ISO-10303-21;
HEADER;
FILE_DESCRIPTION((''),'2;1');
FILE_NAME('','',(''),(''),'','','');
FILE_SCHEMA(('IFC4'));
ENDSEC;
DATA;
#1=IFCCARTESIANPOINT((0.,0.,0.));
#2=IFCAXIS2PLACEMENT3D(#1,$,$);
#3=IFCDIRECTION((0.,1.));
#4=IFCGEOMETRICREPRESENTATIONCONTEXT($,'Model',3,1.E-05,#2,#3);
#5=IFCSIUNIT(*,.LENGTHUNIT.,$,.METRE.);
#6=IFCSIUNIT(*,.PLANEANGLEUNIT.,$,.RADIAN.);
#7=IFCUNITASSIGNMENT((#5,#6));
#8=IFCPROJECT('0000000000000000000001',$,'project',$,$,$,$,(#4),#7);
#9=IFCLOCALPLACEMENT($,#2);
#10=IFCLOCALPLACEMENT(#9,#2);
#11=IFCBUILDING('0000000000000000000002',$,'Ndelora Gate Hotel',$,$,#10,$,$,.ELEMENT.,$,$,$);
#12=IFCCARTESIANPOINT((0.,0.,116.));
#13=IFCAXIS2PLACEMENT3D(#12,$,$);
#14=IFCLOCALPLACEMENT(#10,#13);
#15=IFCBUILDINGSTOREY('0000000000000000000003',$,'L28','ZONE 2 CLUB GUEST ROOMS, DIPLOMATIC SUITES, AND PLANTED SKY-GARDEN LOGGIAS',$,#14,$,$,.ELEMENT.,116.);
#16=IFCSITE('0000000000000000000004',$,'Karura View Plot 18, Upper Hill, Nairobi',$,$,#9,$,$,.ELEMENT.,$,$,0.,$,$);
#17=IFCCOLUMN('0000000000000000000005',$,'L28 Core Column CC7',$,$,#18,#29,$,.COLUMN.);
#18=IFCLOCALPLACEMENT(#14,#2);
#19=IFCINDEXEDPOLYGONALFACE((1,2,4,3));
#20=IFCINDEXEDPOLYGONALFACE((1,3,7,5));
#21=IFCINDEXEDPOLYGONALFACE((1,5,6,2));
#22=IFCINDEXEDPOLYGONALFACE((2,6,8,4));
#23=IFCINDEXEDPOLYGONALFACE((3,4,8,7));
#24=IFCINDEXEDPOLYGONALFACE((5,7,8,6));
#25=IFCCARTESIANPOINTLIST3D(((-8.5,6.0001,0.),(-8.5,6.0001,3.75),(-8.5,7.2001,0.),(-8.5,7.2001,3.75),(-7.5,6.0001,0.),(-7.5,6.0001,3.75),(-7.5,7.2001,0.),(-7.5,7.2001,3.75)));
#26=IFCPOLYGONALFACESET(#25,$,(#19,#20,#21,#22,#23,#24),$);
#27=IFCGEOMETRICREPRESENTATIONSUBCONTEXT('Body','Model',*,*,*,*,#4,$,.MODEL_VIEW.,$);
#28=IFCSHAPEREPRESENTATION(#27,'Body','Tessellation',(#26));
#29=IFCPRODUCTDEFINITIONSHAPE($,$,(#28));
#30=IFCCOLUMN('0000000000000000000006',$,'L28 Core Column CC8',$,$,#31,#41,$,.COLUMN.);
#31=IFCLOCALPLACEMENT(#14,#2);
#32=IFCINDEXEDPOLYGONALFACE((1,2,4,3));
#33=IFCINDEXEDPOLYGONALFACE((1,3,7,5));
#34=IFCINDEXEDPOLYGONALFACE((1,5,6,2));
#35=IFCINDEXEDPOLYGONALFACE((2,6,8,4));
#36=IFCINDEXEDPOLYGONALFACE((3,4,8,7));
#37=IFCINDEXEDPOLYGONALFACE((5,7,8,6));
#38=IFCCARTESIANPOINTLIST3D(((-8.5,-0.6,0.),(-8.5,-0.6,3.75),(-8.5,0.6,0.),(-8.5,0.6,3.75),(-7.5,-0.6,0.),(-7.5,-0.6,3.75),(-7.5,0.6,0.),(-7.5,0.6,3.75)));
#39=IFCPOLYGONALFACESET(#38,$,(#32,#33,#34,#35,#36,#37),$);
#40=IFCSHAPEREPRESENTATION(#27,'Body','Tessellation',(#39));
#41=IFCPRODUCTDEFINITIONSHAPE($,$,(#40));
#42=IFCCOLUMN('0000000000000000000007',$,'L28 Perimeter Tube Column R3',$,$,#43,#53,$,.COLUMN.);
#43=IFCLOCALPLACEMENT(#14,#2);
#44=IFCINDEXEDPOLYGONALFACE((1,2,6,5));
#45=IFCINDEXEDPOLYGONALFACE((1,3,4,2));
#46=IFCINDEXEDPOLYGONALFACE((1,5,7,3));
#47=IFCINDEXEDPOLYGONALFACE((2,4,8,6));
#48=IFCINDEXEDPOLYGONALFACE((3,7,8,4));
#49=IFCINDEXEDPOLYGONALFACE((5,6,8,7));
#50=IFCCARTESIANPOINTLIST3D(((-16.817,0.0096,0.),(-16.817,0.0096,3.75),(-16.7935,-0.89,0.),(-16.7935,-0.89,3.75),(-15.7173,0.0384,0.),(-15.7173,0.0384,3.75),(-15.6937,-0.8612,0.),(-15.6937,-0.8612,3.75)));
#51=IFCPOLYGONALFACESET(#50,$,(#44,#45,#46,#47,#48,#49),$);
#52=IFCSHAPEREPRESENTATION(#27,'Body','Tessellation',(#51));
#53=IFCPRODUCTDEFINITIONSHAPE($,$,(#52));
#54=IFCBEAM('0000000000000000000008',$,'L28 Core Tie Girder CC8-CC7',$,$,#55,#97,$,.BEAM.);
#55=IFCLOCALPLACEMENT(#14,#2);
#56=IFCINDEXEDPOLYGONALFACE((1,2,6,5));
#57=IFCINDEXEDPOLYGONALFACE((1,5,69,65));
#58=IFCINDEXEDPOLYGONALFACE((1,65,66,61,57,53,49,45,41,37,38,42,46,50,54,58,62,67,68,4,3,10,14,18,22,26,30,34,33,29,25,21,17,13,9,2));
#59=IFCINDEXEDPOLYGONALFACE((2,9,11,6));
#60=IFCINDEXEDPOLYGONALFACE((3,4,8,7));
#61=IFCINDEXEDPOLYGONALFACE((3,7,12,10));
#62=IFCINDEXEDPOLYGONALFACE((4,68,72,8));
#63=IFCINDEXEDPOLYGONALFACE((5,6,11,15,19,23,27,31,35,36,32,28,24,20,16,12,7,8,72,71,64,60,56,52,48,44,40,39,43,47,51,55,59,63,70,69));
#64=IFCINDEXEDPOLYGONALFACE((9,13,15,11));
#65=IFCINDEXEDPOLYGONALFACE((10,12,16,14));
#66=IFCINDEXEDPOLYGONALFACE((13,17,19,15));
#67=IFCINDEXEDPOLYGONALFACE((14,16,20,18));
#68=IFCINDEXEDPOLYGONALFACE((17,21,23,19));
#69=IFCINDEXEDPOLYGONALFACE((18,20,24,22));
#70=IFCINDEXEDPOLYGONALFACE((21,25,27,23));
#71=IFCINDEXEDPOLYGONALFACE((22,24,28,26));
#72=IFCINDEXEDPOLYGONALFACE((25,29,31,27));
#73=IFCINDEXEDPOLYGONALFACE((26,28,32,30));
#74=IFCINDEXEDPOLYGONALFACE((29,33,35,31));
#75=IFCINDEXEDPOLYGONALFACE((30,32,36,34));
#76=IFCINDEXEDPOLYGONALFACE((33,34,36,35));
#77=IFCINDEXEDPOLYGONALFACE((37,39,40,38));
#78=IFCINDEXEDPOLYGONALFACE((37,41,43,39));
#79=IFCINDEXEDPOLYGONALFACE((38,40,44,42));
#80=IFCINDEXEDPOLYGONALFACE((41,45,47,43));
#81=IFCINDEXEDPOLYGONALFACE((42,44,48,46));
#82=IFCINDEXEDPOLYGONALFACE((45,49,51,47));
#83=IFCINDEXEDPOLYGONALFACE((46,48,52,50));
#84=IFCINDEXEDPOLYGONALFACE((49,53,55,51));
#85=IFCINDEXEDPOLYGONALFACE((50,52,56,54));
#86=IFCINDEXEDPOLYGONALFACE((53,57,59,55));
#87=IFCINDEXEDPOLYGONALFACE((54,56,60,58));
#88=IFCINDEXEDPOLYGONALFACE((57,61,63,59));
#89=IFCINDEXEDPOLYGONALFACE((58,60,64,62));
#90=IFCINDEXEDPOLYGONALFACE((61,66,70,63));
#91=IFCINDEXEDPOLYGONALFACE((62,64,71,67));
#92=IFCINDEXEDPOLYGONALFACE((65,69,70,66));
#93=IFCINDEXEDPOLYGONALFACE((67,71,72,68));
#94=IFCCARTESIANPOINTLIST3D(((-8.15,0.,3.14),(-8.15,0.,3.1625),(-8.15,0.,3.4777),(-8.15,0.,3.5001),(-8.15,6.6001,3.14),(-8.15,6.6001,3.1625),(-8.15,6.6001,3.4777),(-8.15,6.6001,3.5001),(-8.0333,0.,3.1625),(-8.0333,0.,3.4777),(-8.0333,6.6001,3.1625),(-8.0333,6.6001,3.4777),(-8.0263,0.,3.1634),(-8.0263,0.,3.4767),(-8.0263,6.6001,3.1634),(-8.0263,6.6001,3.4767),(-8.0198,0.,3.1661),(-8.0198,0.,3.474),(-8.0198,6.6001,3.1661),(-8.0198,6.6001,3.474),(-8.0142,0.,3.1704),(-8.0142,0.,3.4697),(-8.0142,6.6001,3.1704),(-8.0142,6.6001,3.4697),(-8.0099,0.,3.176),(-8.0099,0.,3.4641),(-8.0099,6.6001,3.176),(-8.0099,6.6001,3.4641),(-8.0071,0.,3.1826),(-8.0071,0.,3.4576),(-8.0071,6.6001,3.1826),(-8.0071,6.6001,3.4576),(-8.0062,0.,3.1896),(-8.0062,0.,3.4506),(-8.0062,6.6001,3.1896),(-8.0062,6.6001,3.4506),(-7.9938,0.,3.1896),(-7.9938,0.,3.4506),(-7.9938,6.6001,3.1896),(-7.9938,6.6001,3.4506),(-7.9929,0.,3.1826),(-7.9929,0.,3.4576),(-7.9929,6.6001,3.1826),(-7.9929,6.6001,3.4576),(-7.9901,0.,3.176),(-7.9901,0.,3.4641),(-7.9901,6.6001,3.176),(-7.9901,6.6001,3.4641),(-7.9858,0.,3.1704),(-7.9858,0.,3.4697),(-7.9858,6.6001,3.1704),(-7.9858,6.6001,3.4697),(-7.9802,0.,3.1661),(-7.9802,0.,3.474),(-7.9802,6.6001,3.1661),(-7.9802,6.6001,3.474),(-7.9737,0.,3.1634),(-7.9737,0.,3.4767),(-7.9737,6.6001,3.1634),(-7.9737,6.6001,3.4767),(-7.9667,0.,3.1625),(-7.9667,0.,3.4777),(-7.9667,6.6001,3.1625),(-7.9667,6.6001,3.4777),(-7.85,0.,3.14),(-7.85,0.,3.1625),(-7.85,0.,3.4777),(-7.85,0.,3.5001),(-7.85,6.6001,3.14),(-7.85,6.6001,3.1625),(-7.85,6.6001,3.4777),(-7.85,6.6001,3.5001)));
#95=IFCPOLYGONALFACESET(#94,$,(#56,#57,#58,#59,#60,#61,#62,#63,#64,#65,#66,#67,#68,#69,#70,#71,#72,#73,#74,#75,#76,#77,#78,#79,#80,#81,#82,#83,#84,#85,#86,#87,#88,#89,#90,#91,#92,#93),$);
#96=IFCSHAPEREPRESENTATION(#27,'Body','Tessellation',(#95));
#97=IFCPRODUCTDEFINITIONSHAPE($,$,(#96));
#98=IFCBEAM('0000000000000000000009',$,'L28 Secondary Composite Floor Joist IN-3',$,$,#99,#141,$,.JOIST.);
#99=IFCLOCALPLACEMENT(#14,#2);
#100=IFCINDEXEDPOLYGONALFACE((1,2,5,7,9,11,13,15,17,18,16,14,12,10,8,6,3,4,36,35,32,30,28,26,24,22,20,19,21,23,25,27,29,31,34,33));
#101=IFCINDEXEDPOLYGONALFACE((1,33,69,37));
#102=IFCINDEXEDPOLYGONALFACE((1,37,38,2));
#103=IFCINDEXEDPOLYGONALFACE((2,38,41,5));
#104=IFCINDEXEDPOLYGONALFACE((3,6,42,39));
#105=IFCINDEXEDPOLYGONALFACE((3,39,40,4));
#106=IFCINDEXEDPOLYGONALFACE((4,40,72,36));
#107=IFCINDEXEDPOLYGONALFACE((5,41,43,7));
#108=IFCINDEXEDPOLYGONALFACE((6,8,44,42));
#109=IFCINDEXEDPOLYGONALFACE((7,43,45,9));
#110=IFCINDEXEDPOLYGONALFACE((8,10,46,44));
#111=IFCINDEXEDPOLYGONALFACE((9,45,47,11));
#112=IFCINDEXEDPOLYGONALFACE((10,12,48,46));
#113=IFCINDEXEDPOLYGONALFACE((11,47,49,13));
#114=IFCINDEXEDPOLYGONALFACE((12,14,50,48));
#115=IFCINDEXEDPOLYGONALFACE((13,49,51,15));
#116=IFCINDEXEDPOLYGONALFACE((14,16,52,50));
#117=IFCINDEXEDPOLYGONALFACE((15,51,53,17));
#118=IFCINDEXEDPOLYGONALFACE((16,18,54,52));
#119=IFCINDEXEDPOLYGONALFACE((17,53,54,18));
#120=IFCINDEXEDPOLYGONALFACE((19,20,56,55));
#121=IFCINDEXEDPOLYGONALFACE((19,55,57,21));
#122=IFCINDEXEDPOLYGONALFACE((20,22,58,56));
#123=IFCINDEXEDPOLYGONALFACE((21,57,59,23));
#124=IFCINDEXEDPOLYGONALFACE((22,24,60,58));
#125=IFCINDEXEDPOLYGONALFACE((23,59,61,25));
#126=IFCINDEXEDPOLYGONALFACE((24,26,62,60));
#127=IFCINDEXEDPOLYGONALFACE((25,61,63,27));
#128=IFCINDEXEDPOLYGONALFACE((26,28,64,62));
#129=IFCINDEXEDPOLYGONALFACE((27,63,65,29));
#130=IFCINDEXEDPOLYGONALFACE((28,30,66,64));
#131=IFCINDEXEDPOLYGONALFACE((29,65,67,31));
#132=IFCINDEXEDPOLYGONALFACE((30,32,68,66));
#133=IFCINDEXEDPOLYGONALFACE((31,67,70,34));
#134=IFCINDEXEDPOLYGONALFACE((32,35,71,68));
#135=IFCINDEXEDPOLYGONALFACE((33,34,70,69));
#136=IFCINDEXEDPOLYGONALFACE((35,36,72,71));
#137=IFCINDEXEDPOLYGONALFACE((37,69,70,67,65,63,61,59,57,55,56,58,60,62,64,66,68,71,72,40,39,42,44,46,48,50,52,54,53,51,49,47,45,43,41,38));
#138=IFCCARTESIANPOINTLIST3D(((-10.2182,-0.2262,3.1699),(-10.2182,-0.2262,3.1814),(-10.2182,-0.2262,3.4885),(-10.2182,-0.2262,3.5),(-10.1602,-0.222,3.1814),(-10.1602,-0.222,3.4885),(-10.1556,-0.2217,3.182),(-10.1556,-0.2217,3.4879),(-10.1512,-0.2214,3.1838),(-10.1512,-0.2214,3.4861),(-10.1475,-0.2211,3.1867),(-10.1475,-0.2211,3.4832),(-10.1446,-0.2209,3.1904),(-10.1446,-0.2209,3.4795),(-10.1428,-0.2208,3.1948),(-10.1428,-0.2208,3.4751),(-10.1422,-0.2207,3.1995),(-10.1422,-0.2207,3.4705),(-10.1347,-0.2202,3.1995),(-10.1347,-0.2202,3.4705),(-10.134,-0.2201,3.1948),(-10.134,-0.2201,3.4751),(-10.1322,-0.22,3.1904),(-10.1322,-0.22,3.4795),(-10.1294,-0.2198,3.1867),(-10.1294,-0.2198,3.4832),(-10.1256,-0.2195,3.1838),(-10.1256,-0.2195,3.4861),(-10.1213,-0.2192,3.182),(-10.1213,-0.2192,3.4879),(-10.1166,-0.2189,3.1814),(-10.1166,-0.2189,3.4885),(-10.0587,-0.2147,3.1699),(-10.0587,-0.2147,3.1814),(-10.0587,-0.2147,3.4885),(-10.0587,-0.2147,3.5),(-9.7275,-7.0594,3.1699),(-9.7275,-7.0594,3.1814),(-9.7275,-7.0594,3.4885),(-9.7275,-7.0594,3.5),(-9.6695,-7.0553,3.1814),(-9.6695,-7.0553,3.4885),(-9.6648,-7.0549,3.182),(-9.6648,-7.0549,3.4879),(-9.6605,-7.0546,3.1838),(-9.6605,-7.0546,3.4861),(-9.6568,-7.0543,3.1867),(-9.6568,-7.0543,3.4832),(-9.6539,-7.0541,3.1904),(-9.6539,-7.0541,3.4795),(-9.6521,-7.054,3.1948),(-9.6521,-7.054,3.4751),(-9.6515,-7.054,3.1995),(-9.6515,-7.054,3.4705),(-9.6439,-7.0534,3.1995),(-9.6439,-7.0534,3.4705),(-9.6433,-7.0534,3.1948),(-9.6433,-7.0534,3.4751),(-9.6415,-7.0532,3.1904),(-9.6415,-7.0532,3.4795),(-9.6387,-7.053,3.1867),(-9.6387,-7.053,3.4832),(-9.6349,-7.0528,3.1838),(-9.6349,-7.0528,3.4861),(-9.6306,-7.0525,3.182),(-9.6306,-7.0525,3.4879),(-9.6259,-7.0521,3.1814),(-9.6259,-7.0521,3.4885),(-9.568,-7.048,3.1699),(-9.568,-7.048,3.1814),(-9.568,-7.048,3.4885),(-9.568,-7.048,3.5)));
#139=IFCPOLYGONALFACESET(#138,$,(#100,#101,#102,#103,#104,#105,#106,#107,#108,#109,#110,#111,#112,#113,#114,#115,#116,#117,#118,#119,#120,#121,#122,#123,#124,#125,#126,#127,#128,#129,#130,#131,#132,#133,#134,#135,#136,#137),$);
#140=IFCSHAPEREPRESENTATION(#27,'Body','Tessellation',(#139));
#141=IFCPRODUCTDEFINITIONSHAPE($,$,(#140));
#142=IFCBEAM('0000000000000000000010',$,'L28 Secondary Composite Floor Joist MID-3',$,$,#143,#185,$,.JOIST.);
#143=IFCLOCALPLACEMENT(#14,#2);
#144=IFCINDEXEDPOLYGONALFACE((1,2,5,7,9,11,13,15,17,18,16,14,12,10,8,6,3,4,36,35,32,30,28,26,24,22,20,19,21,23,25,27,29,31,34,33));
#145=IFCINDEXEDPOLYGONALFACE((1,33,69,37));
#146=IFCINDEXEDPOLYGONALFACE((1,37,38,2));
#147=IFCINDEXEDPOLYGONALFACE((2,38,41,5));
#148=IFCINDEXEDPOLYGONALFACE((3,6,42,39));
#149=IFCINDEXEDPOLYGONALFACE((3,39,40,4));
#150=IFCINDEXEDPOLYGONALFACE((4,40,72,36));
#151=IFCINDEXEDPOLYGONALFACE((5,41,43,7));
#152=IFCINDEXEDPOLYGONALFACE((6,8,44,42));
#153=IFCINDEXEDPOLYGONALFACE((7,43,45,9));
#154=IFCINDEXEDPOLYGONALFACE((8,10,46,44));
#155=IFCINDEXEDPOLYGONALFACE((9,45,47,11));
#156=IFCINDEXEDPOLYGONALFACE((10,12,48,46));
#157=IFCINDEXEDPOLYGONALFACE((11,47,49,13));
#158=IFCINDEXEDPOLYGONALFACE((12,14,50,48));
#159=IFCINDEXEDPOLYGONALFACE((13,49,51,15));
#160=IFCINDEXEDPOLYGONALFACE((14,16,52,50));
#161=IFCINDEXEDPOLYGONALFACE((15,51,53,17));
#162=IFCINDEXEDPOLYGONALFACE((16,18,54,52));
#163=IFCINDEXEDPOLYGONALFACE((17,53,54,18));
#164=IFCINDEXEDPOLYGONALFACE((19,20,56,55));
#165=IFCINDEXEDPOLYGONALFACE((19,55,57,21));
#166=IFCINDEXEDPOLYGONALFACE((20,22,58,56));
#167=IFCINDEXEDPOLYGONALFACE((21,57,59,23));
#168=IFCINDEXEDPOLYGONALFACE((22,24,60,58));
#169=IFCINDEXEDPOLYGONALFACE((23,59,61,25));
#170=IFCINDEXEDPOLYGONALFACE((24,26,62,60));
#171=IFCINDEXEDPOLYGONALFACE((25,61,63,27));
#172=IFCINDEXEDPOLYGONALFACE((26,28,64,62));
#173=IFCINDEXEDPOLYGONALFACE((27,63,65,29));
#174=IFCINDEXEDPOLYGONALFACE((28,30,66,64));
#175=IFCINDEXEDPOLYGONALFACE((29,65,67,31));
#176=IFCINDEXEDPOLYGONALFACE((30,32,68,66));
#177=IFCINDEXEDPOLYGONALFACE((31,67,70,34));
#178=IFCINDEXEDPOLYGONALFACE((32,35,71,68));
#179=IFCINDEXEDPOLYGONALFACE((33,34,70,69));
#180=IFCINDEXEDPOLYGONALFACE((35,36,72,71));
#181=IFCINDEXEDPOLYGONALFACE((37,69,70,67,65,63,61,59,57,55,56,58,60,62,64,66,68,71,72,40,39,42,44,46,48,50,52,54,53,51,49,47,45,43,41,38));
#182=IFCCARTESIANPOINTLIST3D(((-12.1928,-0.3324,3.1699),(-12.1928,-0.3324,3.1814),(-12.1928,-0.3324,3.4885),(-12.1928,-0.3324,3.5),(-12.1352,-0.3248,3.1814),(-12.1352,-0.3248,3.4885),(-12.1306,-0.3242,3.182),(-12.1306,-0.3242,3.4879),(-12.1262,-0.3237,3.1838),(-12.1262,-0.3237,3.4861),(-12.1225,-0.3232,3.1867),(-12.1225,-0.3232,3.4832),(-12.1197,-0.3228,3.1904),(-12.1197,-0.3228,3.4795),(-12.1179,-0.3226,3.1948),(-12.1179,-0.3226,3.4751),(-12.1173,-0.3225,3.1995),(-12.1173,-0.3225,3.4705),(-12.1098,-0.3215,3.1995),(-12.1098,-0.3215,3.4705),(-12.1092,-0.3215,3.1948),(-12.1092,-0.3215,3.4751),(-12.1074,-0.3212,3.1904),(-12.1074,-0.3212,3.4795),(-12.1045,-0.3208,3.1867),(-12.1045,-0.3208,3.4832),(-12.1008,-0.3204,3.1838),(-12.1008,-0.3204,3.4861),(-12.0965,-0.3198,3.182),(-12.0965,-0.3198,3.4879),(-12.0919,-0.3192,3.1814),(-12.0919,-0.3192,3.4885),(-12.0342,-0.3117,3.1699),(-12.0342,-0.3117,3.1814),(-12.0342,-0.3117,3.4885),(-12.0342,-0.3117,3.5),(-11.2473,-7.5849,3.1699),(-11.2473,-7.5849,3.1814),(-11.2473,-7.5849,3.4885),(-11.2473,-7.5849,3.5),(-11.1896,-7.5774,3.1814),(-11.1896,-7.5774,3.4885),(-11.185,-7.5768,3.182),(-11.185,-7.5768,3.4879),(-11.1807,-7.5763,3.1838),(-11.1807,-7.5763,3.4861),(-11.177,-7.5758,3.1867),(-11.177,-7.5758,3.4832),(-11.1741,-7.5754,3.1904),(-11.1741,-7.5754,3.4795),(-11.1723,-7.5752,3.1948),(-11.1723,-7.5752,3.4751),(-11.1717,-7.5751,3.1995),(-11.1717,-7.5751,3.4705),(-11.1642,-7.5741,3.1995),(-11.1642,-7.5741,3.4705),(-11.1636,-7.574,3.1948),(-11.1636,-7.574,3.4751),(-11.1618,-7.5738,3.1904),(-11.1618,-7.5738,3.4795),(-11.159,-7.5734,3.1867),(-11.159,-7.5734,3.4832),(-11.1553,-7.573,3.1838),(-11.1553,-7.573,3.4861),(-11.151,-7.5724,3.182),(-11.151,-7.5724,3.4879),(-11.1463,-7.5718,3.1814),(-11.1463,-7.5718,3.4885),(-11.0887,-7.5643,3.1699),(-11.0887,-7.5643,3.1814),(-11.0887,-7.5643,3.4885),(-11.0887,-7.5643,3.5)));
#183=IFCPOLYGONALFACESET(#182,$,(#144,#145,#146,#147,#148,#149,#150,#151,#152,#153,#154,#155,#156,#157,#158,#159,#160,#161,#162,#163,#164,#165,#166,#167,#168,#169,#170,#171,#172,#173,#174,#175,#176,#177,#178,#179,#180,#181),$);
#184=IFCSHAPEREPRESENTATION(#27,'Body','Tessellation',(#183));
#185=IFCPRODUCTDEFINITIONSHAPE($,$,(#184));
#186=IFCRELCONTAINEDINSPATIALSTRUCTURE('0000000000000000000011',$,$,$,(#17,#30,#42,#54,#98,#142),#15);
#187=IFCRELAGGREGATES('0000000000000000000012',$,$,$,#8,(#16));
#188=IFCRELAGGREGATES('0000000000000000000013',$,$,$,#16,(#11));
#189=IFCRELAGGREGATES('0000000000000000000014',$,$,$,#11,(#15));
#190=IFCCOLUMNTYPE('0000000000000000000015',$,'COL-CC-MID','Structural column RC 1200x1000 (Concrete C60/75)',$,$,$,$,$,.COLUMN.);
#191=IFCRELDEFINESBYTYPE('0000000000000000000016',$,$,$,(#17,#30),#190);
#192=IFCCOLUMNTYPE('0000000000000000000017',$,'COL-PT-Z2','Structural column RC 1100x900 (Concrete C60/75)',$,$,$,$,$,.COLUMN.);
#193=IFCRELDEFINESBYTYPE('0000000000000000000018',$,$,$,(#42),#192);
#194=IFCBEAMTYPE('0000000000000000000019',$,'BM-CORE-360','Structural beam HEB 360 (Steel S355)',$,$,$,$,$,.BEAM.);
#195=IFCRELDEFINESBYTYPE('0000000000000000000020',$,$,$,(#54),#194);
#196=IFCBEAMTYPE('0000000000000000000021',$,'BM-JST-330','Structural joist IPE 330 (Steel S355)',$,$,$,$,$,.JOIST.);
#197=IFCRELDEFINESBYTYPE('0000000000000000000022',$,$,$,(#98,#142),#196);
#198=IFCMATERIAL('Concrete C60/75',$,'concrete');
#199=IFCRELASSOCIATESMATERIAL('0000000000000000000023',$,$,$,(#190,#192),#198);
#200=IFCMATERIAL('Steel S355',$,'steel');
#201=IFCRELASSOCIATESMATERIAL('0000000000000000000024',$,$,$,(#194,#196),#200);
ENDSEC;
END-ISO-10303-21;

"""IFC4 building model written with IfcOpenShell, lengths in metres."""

from ifc_helpers import new_model, si_unit, direction, frame, origin, origin_2d, place, context, subcontext, project, spatial, rectangle, i_section, extrude, material, material_profile, profile_set, type_object, element, save


model = new_model("IFC4")

# Units and contexts
model_context = context("Model", 3, precision=1e-05, world=origin(), true_north=direction((0.0, 1.0)))
body_context = subcontext(model_context, "Body", "Model", "MODEL_VIEW")
ifc_project = project(units=[si_unit("LENGTHUNIT", "METRE"), si_unit("PLANEANGLEUNIT", "RADIAN")], contexts=[model_context])

# Site, building, storey
site_placement = place(None, origin())
site = spatial("IfcSite", under=ifc_project, at=site_placement, Name="Karura View Plot 18, Upper Hill, Nairobi", CompositionType="ELEMENT", RefElevation=0.0)
building_placement = place(site_placement, origin())
building = spatial("IfcBuilding", under=site, at=building_placement, Name="Ndelora Gate Hotel", CompositionType="ELEMENT")
storey_placement = place(building_placement, frame((0.0, 0.0, 116.0)))
storey = spatial("IfcBuildingStorey", under=building, at=storey_placement, Name="L28", Description="ZONE 2 CLUB GUEST ROOMS, DIPLOMATIC SUITES, AND PLANTED SKY-GARDEN LOGGIAS", CompositionType="ELEMENT", Elevation=116.0)

# Columns
ifc_material_1 = material(Name="Concrete C60/75", Category="concrete")
ifc_material_profile_1 = material_profile(ifc_material_1, rectangle(XDim=1.0, YDim=1.2, at=origin_2d()), Name="RC 1200x1000")
ifc_profile_set_1 = profile_set([ifc_material_profile_1], Name="Concrete C60/75")
column_type_1 = type_object("IfcColumnType", Name="COL-CC-MID", Description="Structural column RC 1200x1000 (Concrete C60/75)", PredefinedType="COLUMN", material=ifc_profile_set_1)
for number, where, z_axis, x_axis, name in (
    (1, (-8.0, 6.6001, 0.0), (0.0, 0.0, 1.0), (1.0, 0.0, 0.0), "L28 Core Column CC7"),
    (2, (-8.0, 0.0, 0.0), (0.0, 0.0, 1.0), (1.0, 0.0, 0.0), "L28 Core Column CC8"),
):
    element("IfcColumn", number, at=place(storey_placement, frame(where, z_axis=z_axis, x_axis=x_axis)), inside=storey, type_object=column_type_1, Name=name, PredefinedType="COLUMN", context=body_context, shape_type="SweptSolid", body=[
        extrude(rectangle(XDim=1.0, YDim=1.2, at=origin_2d()), origin(), (0.0, 0.0, 1.0), 3.75),
    ])
ifc_material_profile_2 = material_profile(ifc_material_1, rectangle(XDim=0.8999, YDim=1.1001, at=origin_2d()), Name="RC 1100x900")
ifc_profile_set_2 = profile_set([ifc_material_profile_2], Name="Concrete C60/75")
column_type_2 = type_object("IfcColumnType", Name="COL-PT-Z2", Description="Structural column RC 1100x900 (Concrete C60/75)", PredefinedType="COLUMN", material=ifc_profile_set_2)
column_placement = place(storey_placement, frame((-16.2554, -0.4258, 0.0), z_axis=(0.0, 0.0, 1.0), x_axis=(-0.026177, 0.999657, 0.0)))
element("IfcColumn", 3, at=column_placement, inside=storey, type_object=column_type_2, Name="L28 Perimeter Tube Column R3", PredefinedType="COLUMN", context=body_context, shape_type="SweptSolid", body=[
    extrude(rectangle(XDim=0.8999, YDim=1.1001, at=origin_2d()), origin(), (0.0, 0.0, 1.0), 3.75),
])

# Beams
ifc_material_2 = material(Name="Steel S355", Category="steel")
ifc_material_profile_3 = material_profile(ifc_material_2, i_section(OverallWidth=0.3, OverallDepth=0.3601, WebThickness=0.0125, FlangeThickness=0.0225, FilletRadius=0.0271, at=origin_2d()), Name="HEB 360")
ifc_profile_set_3 = profile_set([ifc_material_profile_3], Name="Steel S355")
beam_type_1 = type_object("IfcBeamType", Name="BM-CORE-360", Description="Structural beam HEB 360 (Steel S355)", PredefinedType="BEAM", material=ifc_profile_set_3)
beam_1_placement = place(storey_placement, frame((-8.0, 0.0, 3.3201), z_axis=(0.0, 1.0, 0.0), x_axis=(-1.0, 0.0, 0.0)))
element("IfcBeam", 4, at=beam_1_placement, inside=storey, type_object=beam_type_1, Name="L28 Core Tie Girder CC8-CC7", PredefinedType="BEAM", context=body_context, shape_type="SweptSolid", body=[
    extrude(i_section(OverallWidth=0.3, OverallDepth=0.3601, WebThickness=0.0125, FlangeThickness=0.0225, FilletRadius=0.0271, at=origin_2d()), origin(), (0.0, 0.0, 1.0), 6.6001),
])
ifc_material_profile_4 = material_profile(ifc_material_2, i_section(OverallWidth=0.1599, OverallDepth=0.3301, WebThickness=0.0076, FlangeThickness=0.0115, FilletRadius=0.0181, at=origin_2d()), Name="IPE 330")
ifc_profile_set_4 = profile_set([ifc_material_profile_4], Name="Steel S355")
beam_type_2 = type_object("IfcBeamType", Name="BM-JST-330", Description="Structural joist IPE 330 (Steel S355)", PredefinedType="JOIST", material=ifc_profile_set_4)
beam_2_placement = place(storey_placement, frame((-10.1384, -0.2205, 3.335), z_axis=(0.071629, -0.997431, 0.0), x_axis=(0.997431, 0.071629, 0.0)))
element("IfcBeam", 5, at=beam_2_placement, inside=storey, type_object=beam_type_2, Name="L28 Secondary Composite Floor Joist IN-3", PredefinedType="JOIST", context=body_context, shape_type="SweptSolid", body=[
    extrude(i_section(OverallWidth=0.1599, OverallDepth=0.3301, WebThickness=0.0076, FlangeThickness=0.0115, FilletRadius=0.0181, at=origin_2d()), origin(), (0.0, 0.0, 1.0), 6.8508),
])
beam_3_placement = place(storey_placement, frame((-12.1135, -0.322, 3.335), z_axis=(0.129279, -0.991608, 0.0), x_axis=(0.991608, 0.129279, 0.0)))
element("IfcBeam", 6, at=beam_3_placement, inside=storey, type_object=beam_type_2, Name="L28 Secondary Composite Floor Joist MID-3", PredefinedType="JOIST", context=body_context, shape_type="SweptSolid", body=[
    extrude(i_section(OverallWidth=0.1599, OverallDepth=0.3301, WebThickness=0.0076, FlangeThickness=0.0115, FilletRadius=0.0181, at=origin_2d()), origin(), (0.0, 0.0, 1.0), 7.314),
])

save(model, "model.ifc")
